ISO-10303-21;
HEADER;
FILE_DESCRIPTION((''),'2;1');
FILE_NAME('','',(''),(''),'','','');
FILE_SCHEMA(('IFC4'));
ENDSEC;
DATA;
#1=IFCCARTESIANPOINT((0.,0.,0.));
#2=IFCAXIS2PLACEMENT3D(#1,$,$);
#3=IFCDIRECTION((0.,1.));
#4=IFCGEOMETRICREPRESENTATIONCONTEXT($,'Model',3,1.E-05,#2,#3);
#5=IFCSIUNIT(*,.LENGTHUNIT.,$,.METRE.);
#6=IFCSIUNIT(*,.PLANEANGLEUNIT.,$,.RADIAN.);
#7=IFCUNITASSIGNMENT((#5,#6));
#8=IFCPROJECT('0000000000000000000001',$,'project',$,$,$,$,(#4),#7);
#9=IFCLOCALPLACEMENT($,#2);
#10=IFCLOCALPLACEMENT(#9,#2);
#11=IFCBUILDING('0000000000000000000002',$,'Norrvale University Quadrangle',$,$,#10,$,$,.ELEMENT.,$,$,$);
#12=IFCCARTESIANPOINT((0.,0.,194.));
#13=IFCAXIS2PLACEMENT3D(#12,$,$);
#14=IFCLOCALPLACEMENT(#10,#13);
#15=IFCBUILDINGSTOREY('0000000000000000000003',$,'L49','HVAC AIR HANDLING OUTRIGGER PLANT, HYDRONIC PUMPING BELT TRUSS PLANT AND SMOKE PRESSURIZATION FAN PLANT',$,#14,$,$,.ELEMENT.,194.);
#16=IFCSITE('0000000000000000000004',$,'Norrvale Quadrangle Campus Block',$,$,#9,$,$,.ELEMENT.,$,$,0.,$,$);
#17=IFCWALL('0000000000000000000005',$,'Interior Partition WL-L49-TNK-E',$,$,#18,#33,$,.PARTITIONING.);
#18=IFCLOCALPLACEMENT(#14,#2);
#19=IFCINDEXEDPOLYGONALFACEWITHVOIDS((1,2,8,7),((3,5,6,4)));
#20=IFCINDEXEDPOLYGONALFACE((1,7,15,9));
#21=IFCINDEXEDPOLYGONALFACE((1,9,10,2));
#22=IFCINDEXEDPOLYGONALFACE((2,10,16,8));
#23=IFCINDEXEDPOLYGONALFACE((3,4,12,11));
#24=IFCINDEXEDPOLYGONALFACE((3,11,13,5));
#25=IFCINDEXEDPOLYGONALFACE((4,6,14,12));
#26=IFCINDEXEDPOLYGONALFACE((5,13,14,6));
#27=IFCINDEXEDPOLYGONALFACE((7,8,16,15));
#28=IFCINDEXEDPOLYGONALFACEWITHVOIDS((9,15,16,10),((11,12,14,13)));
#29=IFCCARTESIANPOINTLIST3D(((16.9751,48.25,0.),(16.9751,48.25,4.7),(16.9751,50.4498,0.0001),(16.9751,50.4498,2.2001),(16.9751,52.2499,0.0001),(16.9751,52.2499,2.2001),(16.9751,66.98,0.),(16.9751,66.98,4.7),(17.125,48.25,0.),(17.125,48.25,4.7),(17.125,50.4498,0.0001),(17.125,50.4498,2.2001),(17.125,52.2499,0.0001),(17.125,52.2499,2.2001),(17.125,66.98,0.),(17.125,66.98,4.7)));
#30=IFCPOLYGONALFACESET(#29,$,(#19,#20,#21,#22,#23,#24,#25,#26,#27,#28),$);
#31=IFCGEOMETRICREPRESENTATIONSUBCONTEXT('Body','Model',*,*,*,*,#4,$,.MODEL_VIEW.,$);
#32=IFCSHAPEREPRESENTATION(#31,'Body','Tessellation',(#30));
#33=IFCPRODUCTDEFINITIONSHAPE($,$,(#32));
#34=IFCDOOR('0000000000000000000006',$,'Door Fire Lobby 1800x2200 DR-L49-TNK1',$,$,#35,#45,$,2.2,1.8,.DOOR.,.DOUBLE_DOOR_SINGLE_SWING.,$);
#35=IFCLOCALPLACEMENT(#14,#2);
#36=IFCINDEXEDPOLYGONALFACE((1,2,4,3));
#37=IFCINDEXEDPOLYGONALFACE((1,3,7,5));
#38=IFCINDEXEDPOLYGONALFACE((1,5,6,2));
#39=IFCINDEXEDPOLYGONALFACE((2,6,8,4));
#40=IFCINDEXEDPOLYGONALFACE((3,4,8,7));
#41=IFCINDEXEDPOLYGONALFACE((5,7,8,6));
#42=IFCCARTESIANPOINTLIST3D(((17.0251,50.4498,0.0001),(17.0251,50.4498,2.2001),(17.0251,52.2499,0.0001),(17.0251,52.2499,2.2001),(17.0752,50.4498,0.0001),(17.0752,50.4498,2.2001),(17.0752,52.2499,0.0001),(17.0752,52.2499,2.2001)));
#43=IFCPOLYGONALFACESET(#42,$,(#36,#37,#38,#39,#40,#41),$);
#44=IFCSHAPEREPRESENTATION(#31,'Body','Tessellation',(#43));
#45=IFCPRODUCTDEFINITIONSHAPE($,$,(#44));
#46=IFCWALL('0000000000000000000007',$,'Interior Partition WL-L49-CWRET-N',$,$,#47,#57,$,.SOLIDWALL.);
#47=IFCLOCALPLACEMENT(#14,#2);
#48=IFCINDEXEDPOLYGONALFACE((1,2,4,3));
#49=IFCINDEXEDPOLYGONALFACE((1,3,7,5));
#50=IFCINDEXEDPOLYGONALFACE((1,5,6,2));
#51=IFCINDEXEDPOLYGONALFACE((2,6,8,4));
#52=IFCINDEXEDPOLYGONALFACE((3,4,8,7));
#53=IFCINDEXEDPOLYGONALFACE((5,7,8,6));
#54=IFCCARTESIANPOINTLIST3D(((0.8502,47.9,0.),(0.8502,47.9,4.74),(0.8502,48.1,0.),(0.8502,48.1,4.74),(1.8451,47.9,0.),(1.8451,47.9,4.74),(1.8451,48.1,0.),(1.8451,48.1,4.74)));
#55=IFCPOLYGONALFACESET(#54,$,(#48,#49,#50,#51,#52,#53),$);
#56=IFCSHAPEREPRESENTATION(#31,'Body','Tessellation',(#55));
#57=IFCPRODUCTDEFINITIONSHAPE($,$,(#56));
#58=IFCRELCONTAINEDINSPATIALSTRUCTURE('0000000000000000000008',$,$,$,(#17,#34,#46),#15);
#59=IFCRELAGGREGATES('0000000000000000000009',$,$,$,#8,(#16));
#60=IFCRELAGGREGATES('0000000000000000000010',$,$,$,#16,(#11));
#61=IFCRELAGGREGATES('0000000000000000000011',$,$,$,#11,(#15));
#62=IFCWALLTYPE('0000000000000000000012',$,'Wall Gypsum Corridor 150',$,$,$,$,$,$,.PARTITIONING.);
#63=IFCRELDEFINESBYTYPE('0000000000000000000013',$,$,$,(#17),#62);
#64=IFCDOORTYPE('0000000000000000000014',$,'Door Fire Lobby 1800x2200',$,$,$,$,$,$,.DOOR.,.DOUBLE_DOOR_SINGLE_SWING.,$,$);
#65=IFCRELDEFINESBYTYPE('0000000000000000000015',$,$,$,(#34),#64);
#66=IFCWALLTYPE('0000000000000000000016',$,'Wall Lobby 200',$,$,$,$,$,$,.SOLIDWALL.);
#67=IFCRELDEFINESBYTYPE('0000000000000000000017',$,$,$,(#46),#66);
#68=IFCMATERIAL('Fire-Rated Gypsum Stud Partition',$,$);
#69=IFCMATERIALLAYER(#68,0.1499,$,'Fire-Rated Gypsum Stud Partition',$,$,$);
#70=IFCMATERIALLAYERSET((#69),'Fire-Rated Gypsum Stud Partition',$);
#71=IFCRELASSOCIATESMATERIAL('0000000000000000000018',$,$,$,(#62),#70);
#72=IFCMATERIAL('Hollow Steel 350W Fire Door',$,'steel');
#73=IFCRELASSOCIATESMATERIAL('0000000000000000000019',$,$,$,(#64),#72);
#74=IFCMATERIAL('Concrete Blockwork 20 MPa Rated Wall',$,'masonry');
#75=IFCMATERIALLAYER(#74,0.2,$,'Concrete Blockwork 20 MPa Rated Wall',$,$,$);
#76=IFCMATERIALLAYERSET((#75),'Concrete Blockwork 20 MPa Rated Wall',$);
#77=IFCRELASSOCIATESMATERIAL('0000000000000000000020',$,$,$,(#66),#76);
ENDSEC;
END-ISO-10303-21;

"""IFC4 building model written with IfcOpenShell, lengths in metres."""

from ifc_helpers import new_model, si_unit, direction, frame, frame_2d, origin, place, context, subcontext, project, spatial, rectangle, extrude, material, layer, layer_set, type_object, element, fill, save


model = new_model("IFC4")

# Units and contexts
model_context = context("Model", 3, precision=1e-05, world=origin(), true_north=direction((0.0, 1.0)))
body_context = subcontext(model_context, "Body", "Model", "MODEL_VIEW")
ifc_project = project(units=[si_unit("LENGTHUNIT", "METRE"), si_unit("PLANEANGLEUNIT", "RADIAN")], contexts=[model_context])

# Site, building, storey
site_placement = place(None, origin())
site = spatial("IfcSite", under=ifc_project, at=site_placement, Name="Norrvale Quadrangle Campus Block", CompositionType="ELEMENT", RefElevation=0.0)
building_placement = place(site_placement, origin())
building = spatial("IfcBuilding", under=site, at=building_placement, Name="Norrvale University Quadrangle", CompositionType="ELEMENT")
storey_placement = place(building_placement, frame((0.0, 0.0, 194.0)))
storey = spatial("IfcBuildingStorey", under=building, at=storey_placement, Name="L49", Description="HVAC AIR HANDLING OUTRIGGER PLANT, HYDRONIC PUMPING BELT TRUSS PLANT AND SMOKE PRESSURIZATION FAN PLANT", CompositionType="ELEMENT", Elevation=194.0)

# Shared definitions
ifc_material_1 = material(Name="Fire-Rated Gypsum Stud Partition")
ifc_layer_1 = layer(ifc_material_1, 0.1499, Name="Fire-Rated Gypsum Stud Partition")
ifc_layer_set_1 = layer_set([ifc_layer_1], Name="Fire-Rated Gypsum Stud Partition")
wall_type_1 = type_object("IfcWallType", Name="Wall Gypsum Corridor 150", PredefinedType="PARTITIONING", material=ifc_layer_set_1)

# Wall, opening, door
wall_1_placement = place(storey_placement, frame((17.05, 48.25, 0.0), z_axis=(0.0, 0.0, 1.0), x_axis=(0.0, 1.0, 0.0)))
wall_1 = element("IfcWall", 1, at=wall_1_placement, inside=storey, type_object=wall_type_1, Name="Interior Partition WL-L49-TNK-E", PredefinedType="PARTITIONING", context=body_context, shape_type="SweptSolid", body=[
    extrude(rectangle(XDim=18.73, YDim=0.1499, at=frame_2d((9.365, 0.0))), origin(), (0.0, 0.0, 1.0), 4.7),
])
opening_placement = place(wall_1_placement, frame((2.2, 0.0, 0.0)))
opening = element("IfcOpeningElement", 2, at=opening_placement, cuts=wall_1, PredefinedType="OPENING", context=body_context, shape_type="SweptSolid", body=[
    extrude(rectangle(XDim=1.8, YDim=2.2, at=frame_2d((0.8999, 1.1001))), frame((0.0, 0.0869, 0.0), z_axis=(0.0, -1.0, 0.0), x_axis=(1.0, 0.0, 0.0)), (0.0, 0.0, 1.0), 0.1738),
])
ifc_material_2 = material(Name="Hollow Steel 350W Fire Door", Category="steel")
door_type = type_object("IfcDoorType", Name="Door Fire Lobby 1800x2200", OperationType="DOUBLE_DOOR_SINGLE_SWING", PredefinedType="DOOR", material=ifc_material_2)
door_placement = place(opening_placement, origin())
door = element("IfcDoor", 3, at=door_placement, inside=storey, type_object=door_type, Name="Door Fire Lobby 1800x2200 DR-L49-TNK1", OperationType="DOUBLE_DOOR_SINGLE_SWING", OverallHeight=2.2, OverallWidth=1.8, PredefinedType="DOOR", context=body_context, shape_type="SweptSolid", body=[
    extrude(rectangle(XDim=1.8, YDim=2.2, at=frame_2d((0.8999, 1.1001))), frame((0.0, 0.0249, 0.0), z_axis=(0.0, -1.0, 0.0), x_axis=(1.0, 0.0, 0.0)), (0.0, 0.0, 1.0), 0.05),
])
fill(opening, door)

# Wall
ifc_material_3 = material(Name="Concrete Blockwork 20 MPa Rated Wall", Category="masonry")
ifc_layer_2 = layer(ifc_material_3, 0.2, Name="Concrete Blockwork 20 MPa Rated Wall")
ifc_layer_set_2 = layer_set([ifc_layer_2], Name="Concrete Blockwork 20 MPa Rated Wall")
wall_type_2 = type_object("IfcWallType", Name="Wall Lobby 200", PredefinedType="SOLIDWALL", material=ifc_layer_set_2)
wall_2_placement = place(storey_placement, frame((0.8501, 48.0, 0.0), z_axis=(0.0, 0.0, 1.0), x_axis=(1.0, 0.0, 0.0)))
element("IfcWall", 4, at=wall_2_placement, inside=storey, type_object=wall_type_2, Name="Interior Partition WL-L49-CWRET-N", PredefinedType="SOLIDWALL", context=body_context, shape_type="SweptSolid", body=[
    extrude(rectangle(XDim=0.9949, YDim=0.2, at=frame_2d((0.4976, 0.0))), origin(), (0.0, 0.0, 1.0), 4.74),
])

save(model, "model.ifc")
